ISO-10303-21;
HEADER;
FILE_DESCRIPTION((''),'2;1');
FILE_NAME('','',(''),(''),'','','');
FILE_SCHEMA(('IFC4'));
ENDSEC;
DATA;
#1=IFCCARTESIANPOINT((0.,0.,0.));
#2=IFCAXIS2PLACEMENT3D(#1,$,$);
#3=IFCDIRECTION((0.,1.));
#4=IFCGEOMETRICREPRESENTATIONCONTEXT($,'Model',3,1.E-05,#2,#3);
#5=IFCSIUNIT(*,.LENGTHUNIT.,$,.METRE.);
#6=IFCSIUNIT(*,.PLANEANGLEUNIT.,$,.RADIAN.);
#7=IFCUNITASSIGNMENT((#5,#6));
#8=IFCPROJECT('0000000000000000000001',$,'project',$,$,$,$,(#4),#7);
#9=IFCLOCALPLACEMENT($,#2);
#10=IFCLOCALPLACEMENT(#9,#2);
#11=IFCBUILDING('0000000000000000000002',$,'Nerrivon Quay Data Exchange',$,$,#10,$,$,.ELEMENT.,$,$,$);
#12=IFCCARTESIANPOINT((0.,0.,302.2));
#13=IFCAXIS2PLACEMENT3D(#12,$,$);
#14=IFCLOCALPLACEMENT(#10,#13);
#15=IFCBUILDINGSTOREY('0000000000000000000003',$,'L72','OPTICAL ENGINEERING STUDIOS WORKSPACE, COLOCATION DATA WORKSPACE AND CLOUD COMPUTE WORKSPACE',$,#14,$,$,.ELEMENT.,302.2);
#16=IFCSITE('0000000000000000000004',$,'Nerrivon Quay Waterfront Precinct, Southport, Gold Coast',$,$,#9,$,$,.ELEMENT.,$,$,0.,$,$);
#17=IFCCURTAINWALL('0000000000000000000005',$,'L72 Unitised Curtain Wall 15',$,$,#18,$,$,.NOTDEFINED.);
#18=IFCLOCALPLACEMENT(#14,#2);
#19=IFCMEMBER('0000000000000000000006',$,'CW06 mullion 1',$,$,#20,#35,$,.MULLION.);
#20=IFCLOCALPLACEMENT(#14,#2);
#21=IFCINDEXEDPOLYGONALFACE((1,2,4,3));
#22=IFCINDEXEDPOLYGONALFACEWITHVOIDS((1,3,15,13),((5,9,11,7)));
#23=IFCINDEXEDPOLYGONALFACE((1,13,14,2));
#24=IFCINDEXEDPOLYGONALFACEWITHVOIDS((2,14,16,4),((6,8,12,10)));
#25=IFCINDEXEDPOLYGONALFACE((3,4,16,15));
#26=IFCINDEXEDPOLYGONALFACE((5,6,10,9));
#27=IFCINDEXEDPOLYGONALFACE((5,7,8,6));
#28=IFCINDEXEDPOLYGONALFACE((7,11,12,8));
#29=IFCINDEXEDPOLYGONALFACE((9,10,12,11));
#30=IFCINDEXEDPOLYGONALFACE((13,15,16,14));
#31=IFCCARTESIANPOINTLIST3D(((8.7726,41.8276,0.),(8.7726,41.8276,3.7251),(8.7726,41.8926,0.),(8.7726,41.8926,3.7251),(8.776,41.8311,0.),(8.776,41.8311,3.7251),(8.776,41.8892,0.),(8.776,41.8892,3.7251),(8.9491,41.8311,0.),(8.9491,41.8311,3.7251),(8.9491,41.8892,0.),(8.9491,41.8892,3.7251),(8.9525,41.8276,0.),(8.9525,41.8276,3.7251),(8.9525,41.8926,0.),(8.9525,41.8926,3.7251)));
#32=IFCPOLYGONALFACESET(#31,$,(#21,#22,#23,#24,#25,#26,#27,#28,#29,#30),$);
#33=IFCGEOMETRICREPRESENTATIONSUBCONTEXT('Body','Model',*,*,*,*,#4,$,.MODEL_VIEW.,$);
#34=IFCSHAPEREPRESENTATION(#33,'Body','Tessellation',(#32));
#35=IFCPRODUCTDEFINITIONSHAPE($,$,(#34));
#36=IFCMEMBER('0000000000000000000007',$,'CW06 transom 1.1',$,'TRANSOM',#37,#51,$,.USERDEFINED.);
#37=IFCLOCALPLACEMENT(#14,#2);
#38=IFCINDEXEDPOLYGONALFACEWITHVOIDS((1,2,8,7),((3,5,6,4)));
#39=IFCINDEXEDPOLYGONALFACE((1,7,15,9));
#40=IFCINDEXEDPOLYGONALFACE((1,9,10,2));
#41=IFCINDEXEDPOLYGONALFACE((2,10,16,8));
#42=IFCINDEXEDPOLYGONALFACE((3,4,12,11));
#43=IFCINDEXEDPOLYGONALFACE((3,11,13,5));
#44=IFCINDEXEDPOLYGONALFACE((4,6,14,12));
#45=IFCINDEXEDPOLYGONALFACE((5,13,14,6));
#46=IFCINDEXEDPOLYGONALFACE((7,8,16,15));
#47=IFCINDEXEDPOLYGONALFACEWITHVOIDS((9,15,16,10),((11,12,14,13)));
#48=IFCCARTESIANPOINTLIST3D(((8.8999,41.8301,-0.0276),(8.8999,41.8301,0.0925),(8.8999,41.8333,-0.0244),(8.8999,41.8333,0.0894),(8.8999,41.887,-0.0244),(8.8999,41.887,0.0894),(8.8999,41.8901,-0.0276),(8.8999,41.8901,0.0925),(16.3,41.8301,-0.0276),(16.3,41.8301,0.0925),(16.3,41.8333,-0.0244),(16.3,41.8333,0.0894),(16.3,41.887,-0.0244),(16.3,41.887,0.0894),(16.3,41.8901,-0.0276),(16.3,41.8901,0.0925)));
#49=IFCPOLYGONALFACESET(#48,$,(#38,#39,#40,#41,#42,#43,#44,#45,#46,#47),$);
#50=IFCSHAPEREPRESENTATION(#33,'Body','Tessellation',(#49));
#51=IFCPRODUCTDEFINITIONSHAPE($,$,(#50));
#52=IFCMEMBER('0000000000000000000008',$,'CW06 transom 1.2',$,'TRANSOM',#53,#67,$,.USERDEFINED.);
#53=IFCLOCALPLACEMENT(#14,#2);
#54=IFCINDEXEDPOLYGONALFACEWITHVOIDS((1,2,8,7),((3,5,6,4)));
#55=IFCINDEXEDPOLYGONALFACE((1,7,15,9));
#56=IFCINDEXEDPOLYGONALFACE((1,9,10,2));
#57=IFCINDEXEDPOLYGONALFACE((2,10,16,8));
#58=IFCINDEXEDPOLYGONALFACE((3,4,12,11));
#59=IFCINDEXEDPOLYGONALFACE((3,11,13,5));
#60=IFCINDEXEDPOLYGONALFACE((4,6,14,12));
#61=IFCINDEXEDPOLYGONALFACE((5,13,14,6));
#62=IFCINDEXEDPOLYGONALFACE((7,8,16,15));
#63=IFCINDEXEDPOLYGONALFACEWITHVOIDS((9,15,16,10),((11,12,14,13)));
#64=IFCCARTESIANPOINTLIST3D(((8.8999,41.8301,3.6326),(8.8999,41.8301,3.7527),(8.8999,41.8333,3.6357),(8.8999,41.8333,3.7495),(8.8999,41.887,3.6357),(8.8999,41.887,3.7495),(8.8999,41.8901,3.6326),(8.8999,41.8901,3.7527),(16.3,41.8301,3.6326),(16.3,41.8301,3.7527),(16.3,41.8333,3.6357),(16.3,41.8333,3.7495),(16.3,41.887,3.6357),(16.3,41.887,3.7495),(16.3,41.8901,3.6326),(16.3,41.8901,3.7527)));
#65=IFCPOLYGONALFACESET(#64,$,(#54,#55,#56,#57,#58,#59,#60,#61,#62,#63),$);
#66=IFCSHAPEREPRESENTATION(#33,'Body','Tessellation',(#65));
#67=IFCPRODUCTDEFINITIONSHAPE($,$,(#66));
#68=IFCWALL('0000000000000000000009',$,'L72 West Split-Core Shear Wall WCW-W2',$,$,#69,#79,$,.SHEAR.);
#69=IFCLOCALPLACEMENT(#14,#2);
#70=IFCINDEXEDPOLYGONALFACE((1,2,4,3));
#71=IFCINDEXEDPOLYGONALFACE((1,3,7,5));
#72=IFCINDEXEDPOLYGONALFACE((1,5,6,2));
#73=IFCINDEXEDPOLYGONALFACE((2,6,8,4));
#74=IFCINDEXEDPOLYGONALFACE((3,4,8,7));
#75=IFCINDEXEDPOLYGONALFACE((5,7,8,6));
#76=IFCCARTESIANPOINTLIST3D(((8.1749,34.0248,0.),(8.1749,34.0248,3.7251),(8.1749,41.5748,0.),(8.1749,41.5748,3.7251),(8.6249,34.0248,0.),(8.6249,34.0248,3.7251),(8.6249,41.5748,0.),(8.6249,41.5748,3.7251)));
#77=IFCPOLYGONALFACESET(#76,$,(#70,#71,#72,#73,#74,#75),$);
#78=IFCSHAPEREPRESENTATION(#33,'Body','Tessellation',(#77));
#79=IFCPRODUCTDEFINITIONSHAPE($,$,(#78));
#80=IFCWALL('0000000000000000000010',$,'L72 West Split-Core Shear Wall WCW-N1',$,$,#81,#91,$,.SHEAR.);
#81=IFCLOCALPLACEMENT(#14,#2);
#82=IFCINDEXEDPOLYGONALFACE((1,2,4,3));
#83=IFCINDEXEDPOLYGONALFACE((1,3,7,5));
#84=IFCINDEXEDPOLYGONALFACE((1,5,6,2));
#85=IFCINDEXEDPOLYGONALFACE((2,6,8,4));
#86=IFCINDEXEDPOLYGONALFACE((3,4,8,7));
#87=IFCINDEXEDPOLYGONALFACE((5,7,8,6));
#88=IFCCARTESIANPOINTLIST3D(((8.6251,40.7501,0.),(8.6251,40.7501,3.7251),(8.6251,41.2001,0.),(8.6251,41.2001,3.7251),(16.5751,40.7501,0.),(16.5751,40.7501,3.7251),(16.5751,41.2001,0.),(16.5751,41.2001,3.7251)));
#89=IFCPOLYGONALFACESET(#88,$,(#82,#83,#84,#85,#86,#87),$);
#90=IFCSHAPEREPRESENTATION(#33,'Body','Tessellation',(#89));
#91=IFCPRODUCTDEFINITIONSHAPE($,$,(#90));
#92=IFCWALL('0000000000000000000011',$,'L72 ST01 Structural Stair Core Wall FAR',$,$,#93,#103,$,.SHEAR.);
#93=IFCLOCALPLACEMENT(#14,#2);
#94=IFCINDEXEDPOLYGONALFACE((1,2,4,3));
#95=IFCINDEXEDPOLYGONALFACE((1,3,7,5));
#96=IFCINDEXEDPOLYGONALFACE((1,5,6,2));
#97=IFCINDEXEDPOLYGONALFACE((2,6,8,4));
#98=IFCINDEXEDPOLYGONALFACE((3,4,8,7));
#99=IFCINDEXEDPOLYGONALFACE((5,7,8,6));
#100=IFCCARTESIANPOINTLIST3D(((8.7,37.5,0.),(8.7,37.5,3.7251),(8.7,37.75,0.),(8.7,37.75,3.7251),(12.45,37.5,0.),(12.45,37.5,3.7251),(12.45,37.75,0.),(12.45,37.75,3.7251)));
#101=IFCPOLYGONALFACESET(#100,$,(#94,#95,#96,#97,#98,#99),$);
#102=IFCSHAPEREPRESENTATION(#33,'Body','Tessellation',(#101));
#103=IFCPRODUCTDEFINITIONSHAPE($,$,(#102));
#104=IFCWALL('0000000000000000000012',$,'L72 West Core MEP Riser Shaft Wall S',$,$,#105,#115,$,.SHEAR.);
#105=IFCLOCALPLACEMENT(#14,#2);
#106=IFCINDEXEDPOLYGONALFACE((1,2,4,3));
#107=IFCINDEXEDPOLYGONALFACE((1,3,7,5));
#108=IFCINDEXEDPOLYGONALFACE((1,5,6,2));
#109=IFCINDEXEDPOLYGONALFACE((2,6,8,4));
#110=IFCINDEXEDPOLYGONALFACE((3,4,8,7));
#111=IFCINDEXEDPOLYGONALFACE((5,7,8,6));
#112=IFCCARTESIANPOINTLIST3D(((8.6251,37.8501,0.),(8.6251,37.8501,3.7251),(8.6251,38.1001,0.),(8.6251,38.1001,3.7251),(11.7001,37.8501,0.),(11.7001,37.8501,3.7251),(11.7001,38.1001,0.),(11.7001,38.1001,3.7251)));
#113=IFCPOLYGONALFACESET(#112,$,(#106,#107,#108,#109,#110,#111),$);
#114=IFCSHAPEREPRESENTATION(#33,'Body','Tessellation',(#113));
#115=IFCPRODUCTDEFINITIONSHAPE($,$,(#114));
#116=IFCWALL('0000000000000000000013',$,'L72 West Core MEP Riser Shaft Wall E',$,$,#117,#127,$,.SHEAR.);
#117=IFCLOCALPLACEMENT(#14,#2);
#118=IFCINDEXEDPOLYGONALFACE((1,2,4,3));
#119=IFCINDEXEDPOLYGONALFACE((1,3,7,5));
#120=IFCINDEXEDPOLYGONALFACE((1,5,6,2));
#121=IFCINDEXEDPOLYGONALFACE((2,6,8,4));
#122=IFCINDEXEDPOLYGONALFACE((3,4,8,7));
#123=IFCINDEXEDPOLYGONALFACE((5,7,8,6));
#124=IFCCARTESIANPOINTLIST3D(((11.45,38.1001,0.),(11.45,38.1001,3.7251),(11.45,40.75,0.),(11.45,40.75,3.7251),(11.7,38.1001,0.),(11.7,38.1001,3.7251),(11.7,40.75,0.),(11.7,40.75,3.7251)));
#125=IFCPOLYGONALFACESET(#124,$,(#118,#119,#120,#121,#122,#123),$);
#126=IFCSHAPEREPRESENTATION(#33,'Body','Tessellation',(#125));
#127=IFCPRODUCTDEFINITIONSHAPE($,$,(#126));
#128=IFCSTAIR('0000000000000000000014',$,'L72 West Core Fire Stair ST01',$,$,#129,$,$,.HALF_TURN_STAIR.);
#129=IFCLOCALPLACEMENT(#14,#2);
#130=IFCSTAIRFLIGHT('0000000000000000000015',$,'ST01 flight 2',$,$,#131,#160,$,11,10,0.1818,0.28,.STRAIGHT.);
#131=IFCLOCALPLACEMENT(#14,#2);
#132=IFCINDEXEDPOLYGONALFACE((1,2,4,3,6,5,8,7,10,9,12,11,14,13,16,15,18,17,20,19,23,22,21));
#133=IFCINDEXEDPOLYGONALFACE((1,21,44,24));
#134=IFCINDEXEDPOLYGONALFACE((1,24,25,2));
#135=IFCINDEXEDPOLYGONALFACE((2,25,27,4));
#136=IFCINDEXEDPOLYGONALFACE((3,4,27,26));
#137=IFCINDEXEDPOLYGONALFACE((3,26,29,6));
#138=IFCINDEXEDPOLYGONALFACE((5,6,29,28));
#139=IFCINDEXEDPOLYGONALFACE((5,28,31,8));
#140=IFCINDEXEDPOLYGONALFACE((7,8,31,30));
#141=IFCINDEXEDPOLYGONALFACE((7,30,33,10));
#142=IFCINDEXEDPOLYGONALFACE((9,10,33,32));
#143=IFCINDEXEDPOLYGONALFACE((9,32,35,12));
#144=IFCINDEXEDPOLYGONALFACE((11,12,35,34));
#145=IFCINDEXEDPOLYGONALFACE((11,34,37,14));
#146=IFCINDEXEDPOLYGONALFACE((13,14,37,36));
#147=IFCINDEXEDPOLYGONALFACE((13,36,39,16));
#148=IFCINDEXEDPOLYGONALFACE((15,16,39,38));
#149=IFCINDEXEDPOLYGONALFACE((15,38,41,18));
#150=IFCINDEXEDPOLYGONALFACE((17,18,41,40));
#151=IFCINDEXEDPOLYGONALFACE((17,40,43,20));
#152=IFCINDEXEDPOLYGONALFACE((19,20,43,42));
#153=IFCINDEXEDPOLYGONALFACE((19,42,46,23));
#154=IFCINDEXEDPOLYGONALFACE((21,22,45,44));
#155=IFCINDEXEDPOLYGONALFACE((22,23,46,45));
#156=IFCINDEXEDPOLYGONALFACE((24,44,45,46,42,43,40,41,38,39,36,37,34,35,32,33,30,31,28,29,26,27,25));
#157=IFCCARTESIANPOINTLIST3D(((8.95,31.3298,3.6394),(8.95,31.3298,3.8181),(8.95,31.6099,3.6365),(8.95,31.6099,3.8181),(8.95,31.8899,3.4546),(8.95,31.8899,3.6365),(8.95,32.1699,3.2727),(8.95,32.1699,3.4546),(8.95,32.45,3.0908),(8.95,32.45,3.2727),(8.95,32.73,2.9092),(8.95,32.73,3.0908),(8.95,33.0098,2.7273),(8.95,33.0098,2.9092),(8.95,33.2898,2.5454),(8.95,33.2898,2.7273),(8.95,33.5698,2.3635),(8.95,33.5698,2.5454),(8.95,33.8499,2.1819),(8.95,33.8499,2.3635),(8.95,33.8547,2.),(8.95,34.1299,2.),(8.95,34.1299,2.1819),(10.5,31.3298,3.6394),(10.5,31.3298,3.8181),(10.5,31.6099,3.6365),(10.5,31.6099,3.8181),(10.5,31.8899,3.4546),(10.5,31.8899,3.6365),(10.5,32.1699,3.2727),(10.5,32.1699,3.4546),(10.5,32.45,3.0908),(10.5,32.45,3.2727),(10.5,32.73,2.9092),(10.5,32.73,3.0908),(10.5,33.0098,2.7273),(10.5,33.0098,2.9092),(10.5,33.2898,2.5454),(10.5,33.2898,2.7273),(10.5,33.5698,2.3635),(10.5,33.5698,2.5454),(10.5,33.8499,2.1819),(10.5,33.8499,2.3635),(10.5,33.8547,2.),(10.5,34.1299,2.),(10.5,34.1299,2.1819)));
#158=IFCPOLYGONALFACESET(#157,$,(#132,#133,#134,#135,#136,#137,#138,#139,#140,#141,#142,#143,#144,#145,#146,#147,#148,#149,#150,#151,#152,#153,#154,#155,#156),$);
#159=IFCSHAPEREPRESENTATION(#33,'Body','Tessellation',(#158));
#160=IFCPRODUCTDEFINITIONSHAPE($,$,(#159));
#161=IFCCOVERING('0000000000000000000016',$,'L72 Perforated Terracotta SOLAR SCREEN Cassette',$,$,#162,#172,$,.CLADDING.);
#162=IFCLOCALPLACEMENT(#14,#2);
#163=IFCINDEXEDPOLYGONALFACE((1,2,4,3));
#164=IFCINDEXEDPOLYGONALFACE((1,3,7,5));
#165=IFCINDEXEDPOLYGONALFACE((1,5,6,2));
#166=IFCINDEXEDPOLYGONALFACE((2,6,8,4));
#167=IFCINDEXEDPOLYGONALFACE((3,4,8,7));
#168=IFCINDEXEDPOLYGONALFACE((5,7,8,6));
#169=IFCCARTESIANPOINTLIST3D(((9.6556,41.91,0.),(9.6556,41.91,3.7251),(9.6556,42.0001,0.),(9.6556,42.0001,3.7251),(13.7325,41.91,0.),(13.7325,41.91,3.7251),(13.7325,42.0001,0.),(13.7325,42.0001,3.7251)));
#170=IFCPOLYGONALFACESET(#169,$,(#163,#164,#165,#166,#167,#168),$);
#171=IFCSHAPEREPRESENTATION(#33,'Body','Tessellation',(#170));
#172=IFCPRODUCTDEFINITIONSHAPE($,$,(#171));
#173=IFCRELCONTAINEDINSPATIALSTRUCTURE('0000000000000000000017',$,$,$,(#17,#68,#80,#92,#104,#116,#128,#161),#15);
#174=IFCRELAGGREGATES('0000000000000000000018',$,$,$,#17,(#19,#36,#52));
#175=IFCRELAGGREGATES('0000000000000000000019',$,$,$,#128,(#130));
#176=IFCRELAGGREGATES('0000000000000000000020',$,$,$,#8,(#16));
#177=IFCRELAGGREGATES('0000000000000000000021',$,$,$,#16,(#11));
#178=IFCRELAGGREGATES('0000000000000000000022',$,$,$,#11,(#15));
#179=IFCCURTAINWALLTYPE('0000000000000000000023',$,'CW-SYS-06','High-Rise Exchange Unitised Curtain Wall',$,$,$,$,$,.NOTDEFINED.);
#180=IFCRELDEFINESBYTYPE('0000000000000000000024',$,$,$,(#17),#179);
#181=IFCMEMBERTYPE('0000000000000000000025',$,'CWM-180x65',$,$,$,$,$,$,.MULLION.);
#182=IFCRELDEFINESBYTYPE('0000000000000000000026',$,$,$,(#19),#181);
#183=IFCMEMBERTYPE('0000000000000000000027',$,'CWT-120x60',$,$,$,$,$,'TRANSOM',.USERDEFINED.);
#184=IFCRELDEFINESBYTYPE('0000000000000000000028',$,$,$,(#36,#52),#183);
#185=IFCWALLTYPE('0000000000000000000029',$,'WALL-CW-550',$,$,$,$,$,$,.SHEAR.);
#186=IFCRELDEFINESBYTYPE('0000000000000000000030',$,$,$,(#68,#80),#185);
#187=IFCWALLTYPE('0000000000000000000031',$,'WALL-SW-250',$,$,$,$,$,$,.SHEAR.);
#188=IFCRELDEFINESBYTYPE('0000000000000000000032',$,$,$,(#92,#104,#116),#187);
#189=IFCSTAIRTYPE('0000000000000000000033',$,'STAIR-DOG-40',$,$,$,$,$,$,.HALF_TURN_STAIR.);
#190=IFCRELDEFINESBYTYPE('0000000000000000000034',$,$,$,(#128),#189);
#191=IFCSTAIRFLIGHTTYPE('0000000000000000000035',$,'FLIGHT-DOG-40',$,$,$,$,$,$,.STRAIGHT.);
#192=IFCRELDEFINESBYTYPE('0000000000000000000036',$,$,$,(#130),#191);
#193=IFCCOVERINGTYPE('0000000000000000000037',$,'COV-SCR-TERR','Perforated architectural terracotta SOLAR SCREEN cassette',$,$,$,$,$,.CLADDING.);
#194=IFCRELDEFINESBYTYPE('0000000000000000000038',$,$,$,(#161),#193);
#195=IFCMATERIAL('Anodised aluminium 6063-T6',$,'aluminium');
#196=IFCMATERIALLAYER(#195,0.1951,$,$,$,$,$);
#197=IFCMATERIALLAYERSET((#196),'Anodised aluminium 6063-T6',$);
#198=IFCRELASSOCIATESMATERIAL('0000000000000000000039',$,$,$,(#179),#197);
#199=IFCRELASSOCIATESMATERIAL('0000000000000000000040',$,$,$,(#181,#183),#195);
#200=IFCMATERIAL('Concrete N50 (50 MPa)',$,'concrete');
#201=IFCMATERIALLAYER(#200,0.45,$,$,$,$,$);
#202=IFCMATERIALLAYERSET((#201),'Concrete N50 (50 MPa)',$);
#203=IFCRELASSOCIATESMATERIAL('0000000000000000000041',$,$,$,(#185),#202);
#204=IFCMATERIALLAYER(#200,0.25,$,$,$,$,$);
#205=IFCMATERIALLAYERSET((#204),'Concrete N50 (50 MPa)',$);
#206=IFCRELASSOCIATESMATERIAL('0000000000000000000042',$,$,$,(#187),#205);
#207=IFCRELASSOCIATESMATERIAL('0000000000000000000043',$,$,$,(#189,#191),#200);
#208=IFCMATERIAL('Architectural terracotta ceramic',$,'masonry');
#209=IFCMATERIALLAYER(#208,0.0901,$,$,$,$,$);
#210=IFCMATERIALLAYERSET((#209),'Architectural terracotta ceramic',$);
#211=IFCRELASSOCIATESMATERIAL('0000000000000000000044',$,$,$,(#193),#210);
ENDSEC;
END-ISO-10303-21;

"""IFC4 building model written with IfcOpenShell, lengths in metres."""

from ifc_helpers import new_model, si_unit, direction, frame, frame_2d, origin, origin_2d, place, context, subcontext, project, spatial, polyline, rectangle, hollow_rectangle, outline, extrude, material, layer, layer_set, material_profile, profile_set, type_object, element, aggregate, save


model = new_model("IFC4")

# Units and contexts
model_context = context("Model", 3, precision=1e-05, world=origin(), true_north=direction((0.0, 1.0)))
body_context = subcontext(model_context, "Body", "Model", "MODEL_VIEW")
ifc_project = project(units=[si_unit("LENGTHUNIT", "METRE"), si_unit("PLANEANGLEUNIT", "RADIAN")], contexts=[model_context])

# Site, building, storey
site_placement = place(None, origin())
site = spatial("IfcSite", under=ifc_project, at=site_placement, Name="Nerrivon Quay Waterfront Precinct, Southport, Gold Coast", CompositionType="ELEMENT", RefElevation=0.0)
building_placement = place(site_placement, origin())
building = spatial("IfcBuilding", under=site, at=building_placement, Name="Nerrivon Quay Data Exchange", CompositionType="ELEMENT")
storey_placement = place(building_placement, frame((0.0, 0.0, 302.2)))
storey = spatial("IfcBuildingStorey", under=building, at=storey_placement, Name="L72", Description="OPTICAL ENGINEERING STUDIOS WORKSPACE, COLOCATION DATA WORKSPACE AND CLOUD COMPUTE WORKSPACE", CompositionType="ELEMENT", Elevation=302.2)

# Shared definitions
ifc_material_1 = material(Name="Concrete N50 (50 MPa)", Category="concrete")

# Shared definitions
ifc_material_2 = material(Name="Anodised aluminium 6063-T6", Category="aluminium")
ifc_layer_1 = layer(ifc_material_2, 0.1951)
ifc_layer_set_1 = layer_set([ifc_layer_1], Name="Anodised aluminium 6063-T6")
curtain_wall_type = type_object("IfcCurtainWallType", Name="CW-SYS-06", Description="High-Rise Exchange Unitised Curtain Wall", PredefinedType="NOTDEFINED", material=ifc_layer_set_1)
ifc_material_profile_1 = material_profile(ifc_material_2, hollow_rectangle(XDim=0.0649, YDim=0.1799, WallThickness=0.0034, at=origin_2d()), Name="ALU-MULL-180x65")
ifc_profile_set_1 = profile_set([ifc_material_profile_1], Name="Anodised aluminium 6063-T6")
member_type_1 = type_object("IfcMemberType", Name="CWM-180x65", PredefinedType="MULLION", material=ifc_profile_set_1)

# Curtain wall, members
curtain_wall_1_placement = place(storey_placement, origin())
curtain_wall_1 = element("IfcCurtainWall", 1, at=curtain_wall_1_placement, inside=storey, type_object=curtain_wall_type, Name="L72 Unitised Curtain Wall 15", PredefinedType="NOTDEFINED")
member_1_placement = place(storey_placement, frame((8.8625, 41.8601, 0.0), z_axis=(0.0, 0.0, 1.0), x_axis=(0.0, 1.0, 0.0)))
member_1 = element("IfcMember", 2, at=member_1_placement, type_object=member_type_1, Name="CW06 mullion 1", PredefinedType="MULLION", context=body_context, shape_type="SweptSolid", body=[
    extrude(hollow_rectangle(XDim=0.0649, YDim=0.1799, WallThickness=0.0034, at=origin_2d()), origin(), (0.0, 0.0, 1.0), 3.7251),
])
ifc_material_profile_2 = material_profile(ifc_material_2, hollow_rectangle(XDim=0.0601, YDim=0.1201, WallThickness=0.0032, at=origin_2d()), Name="ALU-TRAN-120x60")
ifc_profile_set_2 = profile_set([ifc_material_profile_2], Name="Anodised aluminium 6063-T6")
member_type_2 = type_object("IfcMemberType", Name="CWT-120x60", ElementType="TRANSOM", PredefinedType="USERDEFINED", material=ifc_profile_set_2)
member_2_placement = place(storey_placement, frame((8.8999, 41.8601, 0.0325), z_axis=(1.0, 0.0, 0.0), x_axis=(0.0, 1.0, 0.0)))
member_2 = element("IfcMember", 3, at=member_2_placement, type_object=member_type_2, Name="CW06 transom 1.1", ObjectType="TRANSOM", PredefinedType="USERDEFINED", context=body_context, shape_type="SweptSolid", body=[
    extrude(hollow_rectangle(XDim=0.0601, YDim=0.1201, WallThickness=0.0032, at=origin_2d()), origin(), (0.0, 0.0, 1.0), 7.4001),
])
member_3_placement = place(storey_placement, frame((8.8999, 41.8601, 3.6926), z_axis=(1.0, 0.0, 0.0), x_axis=(0.0, 1.0, 0.0)))
member_3 = element("IfcMember", 4, at=member_3_placement, type_object=member_type_2, Name="CW06 transom 1.2", ObjectType="TRANSOM", PredefinedType="USERDEFINED", context=body_context, shape_type="SweptSolid", body=[
    extrude(hollow_rectangle(XDim=0.0601, YDim=0.1201, WallThickness=0.0032, at=origin_2d()), origin(), (0.0, 0.0, 1.0), 7.4001),
])
aggregate(curtain_wall_1, [member_1, member_2, member_3])

# Walls
ifc_layer_2 = layer(ifc_material_1, 0.45)
ifc_layer_set_2 = layer_set([ifc_layer_2], Name="Concrete N50 (50 MPa)")
wall_type_1 = type_object("IfcWallType", Name="WALL-CW-550", PredefinedType="SHEAR", material=ifc_layer_set_2)
wall_1_placement = place(storey_placement, frame((8.3999, 34.0249, 0.0), z_axis=(0.0, 0.0, 1.0), x_axis=(0.0, 1.0, 0.0)))
element("IfcWall", 5, at=wall_1_placement, inside=storey, type_object=wall_type_1, Name="L72 West Split-Core Shear Wall WCW-W2", PredefinedType="SHEAR", context=body_context, shape_type="SweptSolid", body=[
    extrude(rectangle(XDim=7.55, YDim=0.45, at=frame_2d((3.7749, 0.0))), origin(), (0.0, 0.0, 1.0), 3.7251),
])
wall_2_placement = place(storey_placement, frame((8.625, 40.9751, 0.0), z_axis=(0.0, 0.0, 1.0), x_axis=(1.0, 0.0, 0.0)))
element("IfcWall", 6, at=wall_2_placement, inside=storey, type_object=wall_type_1, Name="L72 West Split-Core Shear Wall WCW-N1", PredefinedType="SHEAR", context=body_context, shape_type="SweptSolid", body=[
    extrude(rectangle(XDim=7.95, YDim=0.45, at=frame_2d((3.9751, 0.0))), origin(), (0.0, 0.0, 1.0), 3.7251),
])
ifc_layer_3 = layer(ifc_material_1, 0.25)
ifc_layer_set_3 = layer_set([ifc_layer_3], Name="Concrete N50 (50 MPa)")
wall_type_2 = type_object("IfcWallType", Name="WALL-SW-250", PredefinedType="SHEAR", material=ifc_layer_set_3)
wall_3_placement = place(storey_placement, frame((12.45, 37.625, 0.0), z_axis=(0.0, 0.0, 1.0), x_axis=(-1.0, 0.0, 0.0)))
element("IfcWall", 7, at=wall_3_placement, inside=storey, type_object=wall_type_2, Name="L72 ST01 Structural Stair Core Wall FAR", PredefinedType="SHEAR", context=body_context, shape_type="SweptSolid", body=[
    extrude(rectangle(XDim=3.75, YDim=0.25, at=frame_2d((1.875, 0.0))), origin(), (0.0, 0.0, 1.0), 3.7251),
])
wall_4_placement = place(storey_placement, frame((8.625, 37.9751, 0.0), z_axis=(0.0, 0.0, 1.0), x_axis=(1.0, 0.0, 0.0)))
element("IfcWall", 8, at=wall_4_placement, inside=storey, type_object=wall_type_2, Name="L72 West Core MEP Riser Shaft Wall S", PredefinedType="SHEAR", context=body_context, shape_type="SweptSolid", body=[
    extrude(rectangle(XDim=3.075, YDim=0.25, at=frame_2d((1.5376, 0.0))), origin(), (0.0, 0.0, 1.0), 3.7251),
])
wall_5_placement = place(storey_placement, frame((11.575, 38.1001, 0.0), z_axis=(0.0, 0.0, 1.0), x_axis=(0.0, 1.0, 0.0)))
element("IfcWall", 9, at=wall_5_placement, inside=storey, type_object=wall_type_2, Name="L72 West Core MEP Riser Shaft Wall E", PredefinedType="SHEAR", context=body_context, shape_type="SweptSolid", body=[
    extrude(rectangle(XDim=2.6499, YDim=0.25, at=frame_2d((1.325, 0.0))), origin(), (0.0, 0.0, 1.0), 3.7251),
])

# Stair, stair flight
stair_type = type_object("IfcStairType", Name="STAIR-DOG-40", PredefinedType="HALF_TURN_STAIR", material=ifc_material_1)
stair_placement = place(storey_placement, origin())
stair = element("IfcStair", 10, at=stair_placement, inside=storey, type_object=stair_type, Name="L72 West Core Fire Stair ST01", PredefinedType="HALF_TURN_STAIR")
stair_flight_type = type_object("IfcStairFlightType", Name="FLIGHT-DOG-40", PredefinedType="STRAIGHT", material=ifc_material_1)
stair_flight_placement = place(storey_placement, frame((9.7251, 34.1299, 2.0), z_axis=(0.0, 0.0, 1.0), x_axis=(0.0, -1.0, 0.0)))
stair_flight = element("IfcStairFlight", 11, at=stair_flight_placement, type_object=stair_flight_type, Name="ST01 flight 2", NumberOfRisers=11, NumberOfTreads=10, PredefinedType="STRAIGHT", RiserHeight=0.1818, TreadLength=0.28, context=body_context, shape_type="SweptSolid", body=[
    extrude(outline(polyline([(0.0, 0.0), (0.0, 0.1819), (0.28, 0.1819), (0.28, 0.3635), (0.5601, 0.3635), (0.5601, 0.5454), (0.8401, 0.5454), (0.8401, 0.7273), (1.1201, 0.7273), (1.1201, 0.9092), (1.3999, 0.9092), (1.3999, 1.0908), (1.6799, 1.0908), (1.6799, 1.2727), (1.96, 1.2727), (1.96, 1.4546), (2.24, 1.4546), (2.24, 1.6365), (2.52, 1.6365), (2.52, 1.8181), (2.8, 1.8181), (2.8, 2.0), (2.8, 1.6394), (0.2751, 0.0), (0.0, 0.0)])), frame((0.0, 0.7749, 0.0), z_axis=(0.0, -1.0, 0.0), x_axis=(1.0, 0.0, 0.0)), (0.0, 0.0, 1.0), 1.55),
])
aggregate(stair, [stair_flight])

# Covering
ifc_material_3 = material(Name="Architectural terracotta ceramic", Category="masonry")
ifc_layer_4 = layer(ifc_material_3, 0.0901)
ifc_layer_set_4 = layer_set([ifc_layer_4], Name="Architectural terracotta ceramic")
covering_type = type_object("IfcCoveringType", Name="COV-SCR-TERR", Description="Perforated architectural terracotta SOLAR SCREEN cassette", PredefinedType="CLADDING", material=ifc_layer_set_4)
covering_placement = place(storey_placement, frame((11.6941, 41.9551, 0.0), z_axis=(0.0, 0.0, 1.0), x_axis=(1.0, 0.0, 0.0)))
element("IfcCovering", 12, at=covering_placement, inside=storey, type_object=covering_type, Name="L72 Perforated Terracotta SOLAR SCREEN Cassette", PredefinedType="CLADDING", context=body_context, shape_type="SweptSolid", body=[
    extrude(rectangle(XDim=4.0769, YDim=0.0901, at=origin_2d()), origin(), (0.0, 0.0, 1.0), 3.7251),
])

save(model, "model.ifc")
